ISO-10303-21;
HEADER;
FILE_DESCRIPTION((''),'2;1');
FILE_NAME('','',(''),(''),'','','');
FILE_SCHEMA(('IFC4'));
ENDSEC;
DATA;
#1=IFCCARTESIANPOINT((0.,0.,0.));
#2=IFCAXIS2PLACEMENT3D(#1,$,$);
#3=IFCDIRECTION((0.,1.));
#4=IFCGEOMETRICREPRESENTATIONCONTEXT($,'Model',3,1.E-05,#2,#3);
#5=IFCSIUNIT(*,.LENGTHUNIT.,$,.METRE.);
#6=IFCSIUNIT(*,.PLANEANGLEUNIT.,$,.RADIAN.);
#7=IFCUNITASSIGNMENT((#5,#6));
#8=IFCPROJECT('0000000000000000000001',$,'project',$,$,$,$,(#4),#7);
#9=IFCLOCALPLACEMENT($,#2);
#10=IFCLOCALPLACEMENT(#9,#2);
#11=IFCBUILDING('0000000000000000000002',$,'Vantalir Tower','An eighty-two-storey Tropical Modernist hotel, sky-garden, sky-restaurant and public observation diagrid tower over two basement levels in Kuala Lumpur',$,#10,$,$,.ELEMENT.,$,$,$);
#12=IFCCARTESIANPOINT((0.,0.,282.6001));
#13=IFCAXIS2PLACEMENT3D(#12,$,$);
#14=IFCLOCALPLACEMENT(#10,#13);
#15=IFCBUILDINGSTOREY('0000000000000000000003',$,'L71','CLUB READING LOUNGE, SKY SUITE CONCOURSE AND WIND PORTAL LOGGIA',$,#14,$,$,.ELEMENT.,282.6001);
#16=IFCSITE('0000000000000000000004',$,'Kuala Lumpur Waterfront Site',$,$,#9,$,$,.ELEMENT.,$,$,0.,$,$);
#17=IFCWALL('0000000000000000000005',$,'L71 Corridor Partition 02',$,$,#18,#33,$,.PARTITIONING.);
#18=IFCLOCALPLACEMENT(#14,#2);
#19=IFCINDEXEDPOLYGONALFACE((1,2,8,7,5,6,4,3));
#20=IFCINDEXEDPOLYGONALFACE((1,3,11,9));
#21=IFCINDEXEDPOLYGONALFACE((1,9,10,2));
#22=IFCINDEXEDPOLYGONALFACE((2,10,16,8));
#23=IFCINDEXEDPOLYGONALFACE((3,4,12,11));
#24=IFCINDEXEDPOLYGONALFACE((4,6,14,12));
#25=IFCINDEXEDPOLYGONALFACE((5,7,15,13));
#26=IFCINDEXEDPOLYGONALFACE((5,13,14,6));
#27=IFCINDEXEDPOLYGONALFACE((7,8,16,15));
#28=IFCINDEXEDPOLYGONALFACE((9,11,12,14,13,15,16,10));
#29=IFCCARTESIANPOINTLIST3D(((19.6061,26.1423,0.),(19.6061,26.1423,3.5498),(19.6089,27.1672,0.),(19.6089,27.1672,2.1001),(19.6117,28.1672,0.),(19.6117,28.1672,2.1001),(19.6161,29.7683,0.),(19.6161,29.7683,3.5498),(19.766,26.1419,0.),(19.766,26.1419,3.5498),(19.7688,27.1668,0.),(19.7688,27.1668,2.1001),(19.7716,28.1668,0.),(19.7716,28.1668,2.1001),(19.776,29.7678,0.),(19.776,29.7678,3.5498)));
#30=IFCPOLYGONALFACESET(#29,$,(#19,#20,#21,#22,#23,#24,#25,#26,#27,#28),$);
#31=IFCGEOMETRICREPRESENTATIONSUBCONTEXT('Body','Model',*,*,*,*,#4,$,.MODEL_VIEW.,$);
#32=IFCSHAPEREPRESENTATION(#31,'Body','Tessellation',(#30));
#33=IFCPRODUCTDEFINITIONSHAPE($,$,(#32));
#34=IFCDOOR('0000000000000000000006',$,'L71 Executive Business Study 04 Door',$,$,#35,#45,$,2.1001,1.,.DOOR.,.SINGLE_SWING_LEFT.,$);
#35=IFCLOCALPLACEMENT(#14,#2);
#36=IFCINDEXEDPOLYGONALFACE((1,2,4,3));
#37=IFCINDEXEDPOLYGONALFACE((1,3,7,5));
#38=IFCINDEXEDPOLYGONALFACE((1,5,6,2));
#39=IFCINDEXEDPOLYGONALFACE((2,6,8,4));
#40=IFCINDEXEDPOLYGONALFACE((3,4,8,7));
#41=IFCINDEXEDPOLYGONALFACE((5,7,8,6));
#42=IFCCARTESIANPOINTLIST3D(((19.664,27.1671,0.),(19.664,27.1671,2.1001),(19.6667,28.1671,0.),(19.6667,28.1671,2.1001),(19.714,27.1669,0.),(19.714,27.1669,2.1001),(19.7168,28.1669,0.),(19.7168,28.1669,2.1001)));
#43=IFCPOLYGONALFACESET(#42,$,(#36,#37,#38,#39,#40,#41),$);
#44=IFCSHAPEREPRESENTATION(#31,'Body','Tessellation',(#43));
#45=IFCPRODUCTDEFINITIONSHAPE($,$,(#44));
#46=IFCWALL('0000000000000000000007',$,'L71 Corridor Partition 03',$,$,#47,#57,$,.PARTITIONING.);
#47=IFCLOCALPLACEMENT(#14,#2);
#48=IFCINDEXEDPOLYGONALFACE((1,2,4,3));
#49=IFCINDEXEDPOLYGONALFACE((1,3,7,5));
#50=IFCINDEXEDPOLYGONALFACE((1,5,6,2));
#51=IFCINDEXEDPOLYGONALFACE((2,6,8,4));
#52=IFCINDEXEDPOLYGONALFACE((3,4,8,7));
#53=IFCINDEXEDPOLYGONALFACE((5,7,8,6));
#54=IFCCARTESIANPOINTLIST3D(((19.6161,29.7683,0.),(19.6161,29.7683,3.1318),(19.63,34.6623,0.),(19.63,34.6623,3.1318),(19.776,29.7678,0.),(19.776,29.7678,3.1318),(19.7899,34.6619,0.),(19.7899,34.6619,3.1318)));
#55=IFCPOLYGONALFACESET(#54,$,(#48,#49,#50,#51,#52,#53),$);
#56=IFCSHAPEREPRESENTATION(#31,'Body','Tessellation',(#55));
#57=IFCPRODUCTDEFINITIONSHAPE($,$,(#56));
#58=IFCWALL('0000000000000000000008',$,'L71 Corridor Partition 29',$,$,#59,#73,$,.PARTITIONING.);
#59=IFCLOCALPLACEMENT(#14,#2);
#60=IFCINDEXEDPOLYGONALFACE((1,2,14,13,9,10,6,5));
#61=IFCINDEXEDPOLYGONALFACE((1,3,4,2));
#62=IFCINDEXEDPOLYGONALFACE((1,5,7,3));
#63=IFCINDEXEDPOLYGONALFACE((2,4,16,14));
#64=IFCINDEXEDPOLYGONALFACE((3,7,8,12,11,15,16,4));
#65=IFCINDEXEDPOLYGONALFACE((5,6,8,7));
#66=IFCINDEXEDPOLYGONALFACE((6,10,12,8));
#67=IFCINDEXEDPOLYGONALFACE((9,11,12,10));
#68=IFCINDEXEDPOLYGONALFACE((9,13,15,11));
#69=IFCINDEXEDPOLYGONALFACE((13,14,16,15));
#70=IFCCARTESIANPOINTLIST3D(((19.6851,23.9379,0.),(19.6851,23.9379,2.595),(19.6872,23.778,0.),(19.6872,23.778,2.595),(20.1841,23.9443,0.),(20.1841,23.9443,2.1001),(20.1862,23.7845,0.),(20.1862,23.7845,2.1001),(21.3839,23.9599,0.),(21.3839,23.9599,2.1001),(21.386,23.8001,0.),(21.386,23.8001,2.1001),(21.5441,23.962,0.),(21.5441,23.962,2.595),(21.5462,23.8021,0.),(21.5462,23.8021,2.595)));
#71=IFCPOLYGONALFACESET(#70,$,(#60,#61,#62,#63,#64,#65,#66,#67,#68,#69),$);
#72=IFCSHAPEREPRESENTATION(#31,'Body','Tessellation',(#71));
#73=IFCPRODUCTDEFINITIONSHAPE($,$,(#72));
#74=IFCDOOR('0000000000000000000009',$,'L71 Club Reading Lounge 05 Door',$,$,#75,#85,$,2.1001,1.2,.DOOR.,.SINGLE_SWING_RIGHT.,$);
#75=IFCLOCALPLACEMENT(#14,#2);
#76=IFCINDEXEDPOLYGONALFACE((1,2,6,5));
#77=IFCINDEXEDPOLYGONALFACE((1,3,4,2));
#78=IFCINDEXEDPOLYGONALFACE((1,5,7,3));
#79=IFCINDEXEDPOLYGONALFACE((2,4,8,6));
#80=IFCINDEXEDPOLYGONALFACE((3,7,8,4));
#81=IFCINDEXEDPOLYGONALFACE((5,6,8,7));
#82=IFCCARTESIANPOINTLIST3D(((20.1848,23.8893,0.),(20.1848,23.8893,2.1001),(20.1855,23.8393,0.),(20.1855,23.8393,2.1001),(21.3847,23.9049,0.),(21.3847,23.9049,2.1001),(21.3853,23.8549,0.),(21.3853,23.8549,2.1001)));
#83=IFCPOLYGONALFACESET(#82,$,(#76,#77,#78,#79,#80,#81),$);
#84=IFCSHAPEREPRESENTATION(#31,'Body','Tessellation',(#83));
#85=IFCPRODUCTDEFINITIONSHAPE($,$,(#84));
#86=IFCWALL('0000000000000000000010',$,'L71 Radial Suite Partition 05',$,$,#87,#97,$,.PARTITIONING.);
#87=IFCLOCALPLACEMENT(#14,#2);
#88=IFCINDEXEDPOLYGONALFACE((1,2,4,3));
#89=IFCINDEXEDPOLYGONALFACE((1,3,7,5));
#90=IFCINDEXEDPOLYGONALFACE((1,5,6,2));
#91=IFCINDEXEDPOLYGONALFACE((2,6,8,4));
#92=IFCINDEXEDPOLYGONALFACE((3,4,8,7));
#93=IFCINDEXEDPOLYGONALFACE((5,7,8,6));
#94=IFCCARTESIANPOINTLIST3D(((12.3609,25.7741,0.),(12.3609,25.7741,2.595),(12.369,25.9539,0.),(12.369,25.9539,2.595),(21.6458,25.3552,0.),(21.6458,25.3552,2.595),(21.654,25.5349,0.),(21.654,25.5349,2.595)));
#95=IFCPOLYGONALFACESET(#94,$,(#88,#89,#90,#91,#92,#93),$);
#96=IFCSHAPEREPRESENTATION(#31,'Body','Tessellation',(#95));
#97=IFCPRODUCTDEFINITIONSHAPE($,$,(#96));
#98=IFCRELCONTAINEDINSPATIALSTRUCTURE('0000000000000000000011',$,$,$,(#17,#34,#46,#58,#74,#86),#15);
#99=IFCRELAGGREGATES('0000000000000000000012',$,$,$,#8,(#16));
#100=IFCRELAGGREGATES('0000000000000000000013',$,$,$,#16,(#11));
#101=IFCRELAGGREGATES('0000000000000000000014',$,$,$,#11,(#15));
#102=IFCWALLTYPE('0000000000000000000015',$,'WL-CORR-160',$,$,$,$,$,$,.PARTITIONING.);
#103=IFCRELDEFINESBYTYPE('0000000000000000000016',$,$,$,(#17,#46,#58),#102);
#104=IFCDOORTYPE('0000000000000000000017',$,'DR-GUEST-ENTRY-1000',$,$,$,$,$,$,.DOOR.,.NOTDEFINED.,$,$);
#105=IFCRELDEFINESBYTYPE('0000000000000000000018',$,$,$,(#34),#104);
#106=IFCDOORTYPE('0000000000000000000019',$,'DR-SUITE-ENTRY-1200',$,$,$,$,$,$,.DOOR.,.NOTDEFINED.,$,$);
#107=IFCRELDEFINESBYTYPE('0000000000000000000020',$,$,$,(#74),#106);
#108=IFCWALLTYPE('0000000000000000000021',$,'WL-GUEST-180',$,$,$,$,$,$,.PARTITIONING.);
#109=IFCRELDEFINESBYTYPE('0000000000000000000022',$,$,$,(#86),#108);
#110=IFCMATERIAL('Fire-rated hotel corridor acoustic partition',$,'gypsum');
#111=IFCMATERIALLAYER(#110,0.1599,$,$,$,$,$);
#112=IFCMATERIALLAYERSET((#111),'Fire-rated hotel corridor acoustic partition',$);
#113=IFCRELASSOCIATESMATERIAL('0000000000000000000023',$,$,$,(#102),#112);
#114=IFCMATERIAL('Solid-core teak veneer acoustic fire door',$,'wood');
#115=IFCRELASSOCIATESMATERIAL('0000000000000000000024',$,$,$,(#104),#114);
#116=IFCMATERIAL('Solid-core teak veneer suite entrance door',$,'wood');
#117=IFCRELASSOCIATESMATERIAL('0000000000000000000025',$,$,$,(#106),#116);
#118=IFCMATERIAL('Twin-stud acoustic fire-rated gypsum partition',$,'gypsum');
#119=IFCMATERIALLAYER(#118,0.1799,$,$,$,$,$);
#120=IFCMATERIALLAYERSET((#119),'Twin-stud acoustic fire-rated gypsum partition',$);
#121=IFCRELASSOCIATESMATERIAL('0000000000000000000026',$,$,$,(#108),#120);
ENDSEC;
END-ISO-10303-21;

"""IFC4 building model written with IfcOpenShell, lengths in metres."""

from ifc_helpers import new_model, si_unit, direction, frame, frame_2d, origin, place, context, subcontext, project, spatial, rectangle, extrude, material, layer, layer_set, type_object, element, fill, save


model = new_model("IFC4")

# Units and contexts
model_context = context("Model", 3, precision=1e-05, world=origin(), true_north=direction((0.0, 1.0)))
body_context = subcontext(model_context, "Body", "Model", "MODEL_VIEW")
ifc_project = project(units=[si_unit("LENGTHUNIT", "METRE"), si_unit("PLANEANGLEUNIT", "RADIAN")], contexts=[model_context])

# Site, building, storey
site_placement = place(None, origin())
site = spatial("IfcSite", under=ifc_project, at=site_placement, Name="Kuala Lumpur Waterfront Site", CompositionType="ELEMENT", RefElevation=0.0)
building_placement = place(site_placement, origin())
building = spatial("IfcBuilding", under=site, at=building_placement, Name="Vantalir Tower", Description="An eighty-two-storey Tropical Modernist hotel, sky-garden, sky-restaurant and public observation diagrid tower over two basement levels in Kuala Lumpur", CompositionType="ELEMENT")
storey_placement = place(building_placement, frame((0.0, 0.0, 282.6001)))
storey = spatial("IfcBuildingStorey", under=building, at=storey_placement, Name="L71", Description="CLUB READING LOUNGE, SKY SUITE CONCOURSE AND WIND PORTAL LOGGIA", CompositionType="ELEMENT", Elevation=282.6001)

# Shared definitions
ifc_material_1 = material(Name="Fire-rated hotel corridor acoustic partition", Category="gypsum")
ifc_layer_1 = layer(ifc_material_1, 0.1599)
ifc_layer_set_1 = layer_set([ifc_layer_1], Name="Fire-rated hotel corridor acoustic partition")
wall_type_1 = type_object("IfcWallType", Name="WL-CORR-160", PredefinedType="PARTITIONING", material=ifc_layer_set_1)

# Wall, opening, door
wall_1_placement = place(storey_placement, frame((19.686, 26.1421, 0.0), z_axis=(0.0, 0.0, 1.0), x_axis=(0.002761, 0.999996, 0.0)))
wall_1 = element("IfcWall", 1, at=wall_1_placement, inside=storey, type_object=wall_type_1, Name="L71 Corridor Partition 02", PredefinedType="PARTITIONING", context=body_context, shape_type="SweptSolid", body=[
    extrude(rectangle(XDim=3.626, YDim=0.1599, at=frame_2d((1.813, 0.0))), origin(), (0.0, 0.0, 1.0), 3.5498),
])
opening_1_placement = place(wall_1_placement, frame((1.0249, 0.0, 0.0)))
opening_1 = element("IfcOpeningElement", 2, at=opening_1_placement, cuts=wall_1, PredefinedType="OPENING", context=body_context, shape_type="SweptSolid", body=[
    extrude(rectangle(XDim=1.0, YDim=2.1001, at=frame_2d((0.5, 1.05))), frame((0.0, 0.0898, 0.0), z_axis=(0.0, -1.0, 0.0), x_axis=(1.0, 0.0, 0.0)), (0.0, 0.0, 1.0), 0.1799),
])
ifc_material_2 = material(Name="Solid-core teak veneer acoustic fire door", Category="wood")
door_type_1 = type_object("IfcDoorType", Name="DR-GUEST-ENTRY-1000", OperationType="NOTDEFINED", PredefinedType="DOOR", material=ifc_material_2)
door_1_placement = place(opening_1_placement, origin())
door_1 = element("IfcDoor", 3, at=door_1_placement, inside=storey, type_object=door_type_1, Name="L71 Executive Business Study 04 Door", OperationType="SINGLE_SWING_LEFT", OverallHeight=2.1001, OverallWidth=1.0, PredefinedType="DOOR", context=body_context, shape_type="SweptSolid", body=[
    extrude(rectangle(XDim=1.0, YDim=2.1001, at=frame_2d((0.5, 1.05))), frame((0.0, 0.0249, 0.0), z_axis=(0.0, -1.0, 0.0), x_axis=(1.0, 0.0, 0.0)), (0.0, 0.0, 1.0), 0.05),
])
fill(opening_1, door_1)

# Wall
wall_2_placement = place(storey_placement, frame((19.696, 29.7681, 0.0), z_axis=(0.0, 0.0, 1.0), x_axis=(0.002843, 0.999996, 0.0)))
element("IfcWall", 4, at=wall_2_placement, inside=storey, type_object=wall_type_1, Name="L71 Corridor Partition 03", PredefinedType="PARTITIONING", context=body_context, shape_type="SweptSolid", body=[
    extrude(rectangle(XDim=4.894, YDim=0.1599, at=frame_2d((2.447, 0.0))), origin(), (0.0, 0.0, 1.0), 3.1318),
])

# Wall, opening, door
wall_3_placement = place(storey_placement, frame((19.686, 23.8579, 0.0), z_axis=(0.0, 0.0, 1.0), x_axis=(0.999915, 0.013001, 0.0)))
wall_3 = element("IfcWall", 5, at=wall_3_placement, inside=storey, type_object=wall_type_1, Name="L71 Corridor Partition 29", PredefinedType="PARTITIONING", context=body_context, shape_type="SweptSolid", body=[
    extrude(rectangle(XDim=1.8591, YDim=0.1599, at=frame_2d((0.9297, 0.0))), origin(), (0.0, 0.0, 1.0), 2.595),
])
opening_2_placement = place(wall_3_placement, frame((0.499, 0.0, 0.0)))
opening_2 = element("IfcOpeningElement", 6, at=opening_2_placement, cuts=wall_3, PredefinedType="OPENING", context=body_context, shape_type="SweptSolid", body=[
    extrude(rectangle(XDim=1.2, YDim=2.1001, at=frame_2d((0.6001, 1.05))), frame((0.0, 0.0898, 0.0), z_axis=(0.0, -1.0, 0.0), x_axis=(1.0, 0.0, 0.0)), (0.0, 0.0, 1.0), 0.1799),
])
ifc_material_3 = material(Name="Solid-core teak veneer suite entrance door", Category="wood")
door_type_2 = type_object("IfcDoorType", Name="DR-SUITE-ENTRY-1200", OperationType="NOTDEFINED", PredefinedType="DOOR", material=ifc_material_3)
door_2_placement = place(opening_2_placement, origin())
door_2 = element("IfcDoor", 7, at=door_2_placement, inside=storey, type_object=door_type_2, Name="L71 Club Reading Lounge 05 Door", OperationType="SINGLE_SWING_RIGHT", OverallHeight=2.1001, OverallWidth=1.2, PredefinedType="DOOR", context=body_context, shape_type="SweptSolid", body=[
    extrude(rectangle(XDim=1.2, YDim=2.1001, at=frame_2d((0.6001, 1.05))), frame((0.0, 0.0249, 0.0), z_axis=(0.0, -1.0, 0.0), x_axis=(1.0, 0.0, 0.0)), (0.0, 0.0, 1.0), 0.05),
])
fill(opening_2, door_2)

# Wall
ifc_material_4 = material(Name="Twin-stud acoustic fire-rated gypsum partition", Category="gypsum")
ifc_layer_2 = layer(ifc_material_4, 0.1799)
ifc_layer_set_2 = layer_set([ifc_layer_2], Name="Twin-stud acoustic fire-rated gypsum partition")
wall_type_2 = type_object("IfcWallType", Name="WL-GUEST-180", PredefinedType="PARTITIONING", material=ifc_layer_set_2)
wall_4_placement = place(storey_placement, frame((21.6499, 25.4451, 0.0), z_axis=(0.0, 0.0, 1.0), x_axis=(-0.998984, 0.045075, 0.0)))
element("IfcWall", 8, at=wall_4_placement, inside=storey, type_object=wall_type_2, Name="L71 Radial Suite Partition 05", PredefinedType="PARTITIONING", context=body_context, shape_type="SweptSolid", body=[
    extrude(rectangle(XDim=9.2944, YDim=0.1799, at=frame_2d((4.6472, 0.0))), origin(), (0.0, 0.0, 1.0), 2.595),
])

save(model, "model.ifc")
